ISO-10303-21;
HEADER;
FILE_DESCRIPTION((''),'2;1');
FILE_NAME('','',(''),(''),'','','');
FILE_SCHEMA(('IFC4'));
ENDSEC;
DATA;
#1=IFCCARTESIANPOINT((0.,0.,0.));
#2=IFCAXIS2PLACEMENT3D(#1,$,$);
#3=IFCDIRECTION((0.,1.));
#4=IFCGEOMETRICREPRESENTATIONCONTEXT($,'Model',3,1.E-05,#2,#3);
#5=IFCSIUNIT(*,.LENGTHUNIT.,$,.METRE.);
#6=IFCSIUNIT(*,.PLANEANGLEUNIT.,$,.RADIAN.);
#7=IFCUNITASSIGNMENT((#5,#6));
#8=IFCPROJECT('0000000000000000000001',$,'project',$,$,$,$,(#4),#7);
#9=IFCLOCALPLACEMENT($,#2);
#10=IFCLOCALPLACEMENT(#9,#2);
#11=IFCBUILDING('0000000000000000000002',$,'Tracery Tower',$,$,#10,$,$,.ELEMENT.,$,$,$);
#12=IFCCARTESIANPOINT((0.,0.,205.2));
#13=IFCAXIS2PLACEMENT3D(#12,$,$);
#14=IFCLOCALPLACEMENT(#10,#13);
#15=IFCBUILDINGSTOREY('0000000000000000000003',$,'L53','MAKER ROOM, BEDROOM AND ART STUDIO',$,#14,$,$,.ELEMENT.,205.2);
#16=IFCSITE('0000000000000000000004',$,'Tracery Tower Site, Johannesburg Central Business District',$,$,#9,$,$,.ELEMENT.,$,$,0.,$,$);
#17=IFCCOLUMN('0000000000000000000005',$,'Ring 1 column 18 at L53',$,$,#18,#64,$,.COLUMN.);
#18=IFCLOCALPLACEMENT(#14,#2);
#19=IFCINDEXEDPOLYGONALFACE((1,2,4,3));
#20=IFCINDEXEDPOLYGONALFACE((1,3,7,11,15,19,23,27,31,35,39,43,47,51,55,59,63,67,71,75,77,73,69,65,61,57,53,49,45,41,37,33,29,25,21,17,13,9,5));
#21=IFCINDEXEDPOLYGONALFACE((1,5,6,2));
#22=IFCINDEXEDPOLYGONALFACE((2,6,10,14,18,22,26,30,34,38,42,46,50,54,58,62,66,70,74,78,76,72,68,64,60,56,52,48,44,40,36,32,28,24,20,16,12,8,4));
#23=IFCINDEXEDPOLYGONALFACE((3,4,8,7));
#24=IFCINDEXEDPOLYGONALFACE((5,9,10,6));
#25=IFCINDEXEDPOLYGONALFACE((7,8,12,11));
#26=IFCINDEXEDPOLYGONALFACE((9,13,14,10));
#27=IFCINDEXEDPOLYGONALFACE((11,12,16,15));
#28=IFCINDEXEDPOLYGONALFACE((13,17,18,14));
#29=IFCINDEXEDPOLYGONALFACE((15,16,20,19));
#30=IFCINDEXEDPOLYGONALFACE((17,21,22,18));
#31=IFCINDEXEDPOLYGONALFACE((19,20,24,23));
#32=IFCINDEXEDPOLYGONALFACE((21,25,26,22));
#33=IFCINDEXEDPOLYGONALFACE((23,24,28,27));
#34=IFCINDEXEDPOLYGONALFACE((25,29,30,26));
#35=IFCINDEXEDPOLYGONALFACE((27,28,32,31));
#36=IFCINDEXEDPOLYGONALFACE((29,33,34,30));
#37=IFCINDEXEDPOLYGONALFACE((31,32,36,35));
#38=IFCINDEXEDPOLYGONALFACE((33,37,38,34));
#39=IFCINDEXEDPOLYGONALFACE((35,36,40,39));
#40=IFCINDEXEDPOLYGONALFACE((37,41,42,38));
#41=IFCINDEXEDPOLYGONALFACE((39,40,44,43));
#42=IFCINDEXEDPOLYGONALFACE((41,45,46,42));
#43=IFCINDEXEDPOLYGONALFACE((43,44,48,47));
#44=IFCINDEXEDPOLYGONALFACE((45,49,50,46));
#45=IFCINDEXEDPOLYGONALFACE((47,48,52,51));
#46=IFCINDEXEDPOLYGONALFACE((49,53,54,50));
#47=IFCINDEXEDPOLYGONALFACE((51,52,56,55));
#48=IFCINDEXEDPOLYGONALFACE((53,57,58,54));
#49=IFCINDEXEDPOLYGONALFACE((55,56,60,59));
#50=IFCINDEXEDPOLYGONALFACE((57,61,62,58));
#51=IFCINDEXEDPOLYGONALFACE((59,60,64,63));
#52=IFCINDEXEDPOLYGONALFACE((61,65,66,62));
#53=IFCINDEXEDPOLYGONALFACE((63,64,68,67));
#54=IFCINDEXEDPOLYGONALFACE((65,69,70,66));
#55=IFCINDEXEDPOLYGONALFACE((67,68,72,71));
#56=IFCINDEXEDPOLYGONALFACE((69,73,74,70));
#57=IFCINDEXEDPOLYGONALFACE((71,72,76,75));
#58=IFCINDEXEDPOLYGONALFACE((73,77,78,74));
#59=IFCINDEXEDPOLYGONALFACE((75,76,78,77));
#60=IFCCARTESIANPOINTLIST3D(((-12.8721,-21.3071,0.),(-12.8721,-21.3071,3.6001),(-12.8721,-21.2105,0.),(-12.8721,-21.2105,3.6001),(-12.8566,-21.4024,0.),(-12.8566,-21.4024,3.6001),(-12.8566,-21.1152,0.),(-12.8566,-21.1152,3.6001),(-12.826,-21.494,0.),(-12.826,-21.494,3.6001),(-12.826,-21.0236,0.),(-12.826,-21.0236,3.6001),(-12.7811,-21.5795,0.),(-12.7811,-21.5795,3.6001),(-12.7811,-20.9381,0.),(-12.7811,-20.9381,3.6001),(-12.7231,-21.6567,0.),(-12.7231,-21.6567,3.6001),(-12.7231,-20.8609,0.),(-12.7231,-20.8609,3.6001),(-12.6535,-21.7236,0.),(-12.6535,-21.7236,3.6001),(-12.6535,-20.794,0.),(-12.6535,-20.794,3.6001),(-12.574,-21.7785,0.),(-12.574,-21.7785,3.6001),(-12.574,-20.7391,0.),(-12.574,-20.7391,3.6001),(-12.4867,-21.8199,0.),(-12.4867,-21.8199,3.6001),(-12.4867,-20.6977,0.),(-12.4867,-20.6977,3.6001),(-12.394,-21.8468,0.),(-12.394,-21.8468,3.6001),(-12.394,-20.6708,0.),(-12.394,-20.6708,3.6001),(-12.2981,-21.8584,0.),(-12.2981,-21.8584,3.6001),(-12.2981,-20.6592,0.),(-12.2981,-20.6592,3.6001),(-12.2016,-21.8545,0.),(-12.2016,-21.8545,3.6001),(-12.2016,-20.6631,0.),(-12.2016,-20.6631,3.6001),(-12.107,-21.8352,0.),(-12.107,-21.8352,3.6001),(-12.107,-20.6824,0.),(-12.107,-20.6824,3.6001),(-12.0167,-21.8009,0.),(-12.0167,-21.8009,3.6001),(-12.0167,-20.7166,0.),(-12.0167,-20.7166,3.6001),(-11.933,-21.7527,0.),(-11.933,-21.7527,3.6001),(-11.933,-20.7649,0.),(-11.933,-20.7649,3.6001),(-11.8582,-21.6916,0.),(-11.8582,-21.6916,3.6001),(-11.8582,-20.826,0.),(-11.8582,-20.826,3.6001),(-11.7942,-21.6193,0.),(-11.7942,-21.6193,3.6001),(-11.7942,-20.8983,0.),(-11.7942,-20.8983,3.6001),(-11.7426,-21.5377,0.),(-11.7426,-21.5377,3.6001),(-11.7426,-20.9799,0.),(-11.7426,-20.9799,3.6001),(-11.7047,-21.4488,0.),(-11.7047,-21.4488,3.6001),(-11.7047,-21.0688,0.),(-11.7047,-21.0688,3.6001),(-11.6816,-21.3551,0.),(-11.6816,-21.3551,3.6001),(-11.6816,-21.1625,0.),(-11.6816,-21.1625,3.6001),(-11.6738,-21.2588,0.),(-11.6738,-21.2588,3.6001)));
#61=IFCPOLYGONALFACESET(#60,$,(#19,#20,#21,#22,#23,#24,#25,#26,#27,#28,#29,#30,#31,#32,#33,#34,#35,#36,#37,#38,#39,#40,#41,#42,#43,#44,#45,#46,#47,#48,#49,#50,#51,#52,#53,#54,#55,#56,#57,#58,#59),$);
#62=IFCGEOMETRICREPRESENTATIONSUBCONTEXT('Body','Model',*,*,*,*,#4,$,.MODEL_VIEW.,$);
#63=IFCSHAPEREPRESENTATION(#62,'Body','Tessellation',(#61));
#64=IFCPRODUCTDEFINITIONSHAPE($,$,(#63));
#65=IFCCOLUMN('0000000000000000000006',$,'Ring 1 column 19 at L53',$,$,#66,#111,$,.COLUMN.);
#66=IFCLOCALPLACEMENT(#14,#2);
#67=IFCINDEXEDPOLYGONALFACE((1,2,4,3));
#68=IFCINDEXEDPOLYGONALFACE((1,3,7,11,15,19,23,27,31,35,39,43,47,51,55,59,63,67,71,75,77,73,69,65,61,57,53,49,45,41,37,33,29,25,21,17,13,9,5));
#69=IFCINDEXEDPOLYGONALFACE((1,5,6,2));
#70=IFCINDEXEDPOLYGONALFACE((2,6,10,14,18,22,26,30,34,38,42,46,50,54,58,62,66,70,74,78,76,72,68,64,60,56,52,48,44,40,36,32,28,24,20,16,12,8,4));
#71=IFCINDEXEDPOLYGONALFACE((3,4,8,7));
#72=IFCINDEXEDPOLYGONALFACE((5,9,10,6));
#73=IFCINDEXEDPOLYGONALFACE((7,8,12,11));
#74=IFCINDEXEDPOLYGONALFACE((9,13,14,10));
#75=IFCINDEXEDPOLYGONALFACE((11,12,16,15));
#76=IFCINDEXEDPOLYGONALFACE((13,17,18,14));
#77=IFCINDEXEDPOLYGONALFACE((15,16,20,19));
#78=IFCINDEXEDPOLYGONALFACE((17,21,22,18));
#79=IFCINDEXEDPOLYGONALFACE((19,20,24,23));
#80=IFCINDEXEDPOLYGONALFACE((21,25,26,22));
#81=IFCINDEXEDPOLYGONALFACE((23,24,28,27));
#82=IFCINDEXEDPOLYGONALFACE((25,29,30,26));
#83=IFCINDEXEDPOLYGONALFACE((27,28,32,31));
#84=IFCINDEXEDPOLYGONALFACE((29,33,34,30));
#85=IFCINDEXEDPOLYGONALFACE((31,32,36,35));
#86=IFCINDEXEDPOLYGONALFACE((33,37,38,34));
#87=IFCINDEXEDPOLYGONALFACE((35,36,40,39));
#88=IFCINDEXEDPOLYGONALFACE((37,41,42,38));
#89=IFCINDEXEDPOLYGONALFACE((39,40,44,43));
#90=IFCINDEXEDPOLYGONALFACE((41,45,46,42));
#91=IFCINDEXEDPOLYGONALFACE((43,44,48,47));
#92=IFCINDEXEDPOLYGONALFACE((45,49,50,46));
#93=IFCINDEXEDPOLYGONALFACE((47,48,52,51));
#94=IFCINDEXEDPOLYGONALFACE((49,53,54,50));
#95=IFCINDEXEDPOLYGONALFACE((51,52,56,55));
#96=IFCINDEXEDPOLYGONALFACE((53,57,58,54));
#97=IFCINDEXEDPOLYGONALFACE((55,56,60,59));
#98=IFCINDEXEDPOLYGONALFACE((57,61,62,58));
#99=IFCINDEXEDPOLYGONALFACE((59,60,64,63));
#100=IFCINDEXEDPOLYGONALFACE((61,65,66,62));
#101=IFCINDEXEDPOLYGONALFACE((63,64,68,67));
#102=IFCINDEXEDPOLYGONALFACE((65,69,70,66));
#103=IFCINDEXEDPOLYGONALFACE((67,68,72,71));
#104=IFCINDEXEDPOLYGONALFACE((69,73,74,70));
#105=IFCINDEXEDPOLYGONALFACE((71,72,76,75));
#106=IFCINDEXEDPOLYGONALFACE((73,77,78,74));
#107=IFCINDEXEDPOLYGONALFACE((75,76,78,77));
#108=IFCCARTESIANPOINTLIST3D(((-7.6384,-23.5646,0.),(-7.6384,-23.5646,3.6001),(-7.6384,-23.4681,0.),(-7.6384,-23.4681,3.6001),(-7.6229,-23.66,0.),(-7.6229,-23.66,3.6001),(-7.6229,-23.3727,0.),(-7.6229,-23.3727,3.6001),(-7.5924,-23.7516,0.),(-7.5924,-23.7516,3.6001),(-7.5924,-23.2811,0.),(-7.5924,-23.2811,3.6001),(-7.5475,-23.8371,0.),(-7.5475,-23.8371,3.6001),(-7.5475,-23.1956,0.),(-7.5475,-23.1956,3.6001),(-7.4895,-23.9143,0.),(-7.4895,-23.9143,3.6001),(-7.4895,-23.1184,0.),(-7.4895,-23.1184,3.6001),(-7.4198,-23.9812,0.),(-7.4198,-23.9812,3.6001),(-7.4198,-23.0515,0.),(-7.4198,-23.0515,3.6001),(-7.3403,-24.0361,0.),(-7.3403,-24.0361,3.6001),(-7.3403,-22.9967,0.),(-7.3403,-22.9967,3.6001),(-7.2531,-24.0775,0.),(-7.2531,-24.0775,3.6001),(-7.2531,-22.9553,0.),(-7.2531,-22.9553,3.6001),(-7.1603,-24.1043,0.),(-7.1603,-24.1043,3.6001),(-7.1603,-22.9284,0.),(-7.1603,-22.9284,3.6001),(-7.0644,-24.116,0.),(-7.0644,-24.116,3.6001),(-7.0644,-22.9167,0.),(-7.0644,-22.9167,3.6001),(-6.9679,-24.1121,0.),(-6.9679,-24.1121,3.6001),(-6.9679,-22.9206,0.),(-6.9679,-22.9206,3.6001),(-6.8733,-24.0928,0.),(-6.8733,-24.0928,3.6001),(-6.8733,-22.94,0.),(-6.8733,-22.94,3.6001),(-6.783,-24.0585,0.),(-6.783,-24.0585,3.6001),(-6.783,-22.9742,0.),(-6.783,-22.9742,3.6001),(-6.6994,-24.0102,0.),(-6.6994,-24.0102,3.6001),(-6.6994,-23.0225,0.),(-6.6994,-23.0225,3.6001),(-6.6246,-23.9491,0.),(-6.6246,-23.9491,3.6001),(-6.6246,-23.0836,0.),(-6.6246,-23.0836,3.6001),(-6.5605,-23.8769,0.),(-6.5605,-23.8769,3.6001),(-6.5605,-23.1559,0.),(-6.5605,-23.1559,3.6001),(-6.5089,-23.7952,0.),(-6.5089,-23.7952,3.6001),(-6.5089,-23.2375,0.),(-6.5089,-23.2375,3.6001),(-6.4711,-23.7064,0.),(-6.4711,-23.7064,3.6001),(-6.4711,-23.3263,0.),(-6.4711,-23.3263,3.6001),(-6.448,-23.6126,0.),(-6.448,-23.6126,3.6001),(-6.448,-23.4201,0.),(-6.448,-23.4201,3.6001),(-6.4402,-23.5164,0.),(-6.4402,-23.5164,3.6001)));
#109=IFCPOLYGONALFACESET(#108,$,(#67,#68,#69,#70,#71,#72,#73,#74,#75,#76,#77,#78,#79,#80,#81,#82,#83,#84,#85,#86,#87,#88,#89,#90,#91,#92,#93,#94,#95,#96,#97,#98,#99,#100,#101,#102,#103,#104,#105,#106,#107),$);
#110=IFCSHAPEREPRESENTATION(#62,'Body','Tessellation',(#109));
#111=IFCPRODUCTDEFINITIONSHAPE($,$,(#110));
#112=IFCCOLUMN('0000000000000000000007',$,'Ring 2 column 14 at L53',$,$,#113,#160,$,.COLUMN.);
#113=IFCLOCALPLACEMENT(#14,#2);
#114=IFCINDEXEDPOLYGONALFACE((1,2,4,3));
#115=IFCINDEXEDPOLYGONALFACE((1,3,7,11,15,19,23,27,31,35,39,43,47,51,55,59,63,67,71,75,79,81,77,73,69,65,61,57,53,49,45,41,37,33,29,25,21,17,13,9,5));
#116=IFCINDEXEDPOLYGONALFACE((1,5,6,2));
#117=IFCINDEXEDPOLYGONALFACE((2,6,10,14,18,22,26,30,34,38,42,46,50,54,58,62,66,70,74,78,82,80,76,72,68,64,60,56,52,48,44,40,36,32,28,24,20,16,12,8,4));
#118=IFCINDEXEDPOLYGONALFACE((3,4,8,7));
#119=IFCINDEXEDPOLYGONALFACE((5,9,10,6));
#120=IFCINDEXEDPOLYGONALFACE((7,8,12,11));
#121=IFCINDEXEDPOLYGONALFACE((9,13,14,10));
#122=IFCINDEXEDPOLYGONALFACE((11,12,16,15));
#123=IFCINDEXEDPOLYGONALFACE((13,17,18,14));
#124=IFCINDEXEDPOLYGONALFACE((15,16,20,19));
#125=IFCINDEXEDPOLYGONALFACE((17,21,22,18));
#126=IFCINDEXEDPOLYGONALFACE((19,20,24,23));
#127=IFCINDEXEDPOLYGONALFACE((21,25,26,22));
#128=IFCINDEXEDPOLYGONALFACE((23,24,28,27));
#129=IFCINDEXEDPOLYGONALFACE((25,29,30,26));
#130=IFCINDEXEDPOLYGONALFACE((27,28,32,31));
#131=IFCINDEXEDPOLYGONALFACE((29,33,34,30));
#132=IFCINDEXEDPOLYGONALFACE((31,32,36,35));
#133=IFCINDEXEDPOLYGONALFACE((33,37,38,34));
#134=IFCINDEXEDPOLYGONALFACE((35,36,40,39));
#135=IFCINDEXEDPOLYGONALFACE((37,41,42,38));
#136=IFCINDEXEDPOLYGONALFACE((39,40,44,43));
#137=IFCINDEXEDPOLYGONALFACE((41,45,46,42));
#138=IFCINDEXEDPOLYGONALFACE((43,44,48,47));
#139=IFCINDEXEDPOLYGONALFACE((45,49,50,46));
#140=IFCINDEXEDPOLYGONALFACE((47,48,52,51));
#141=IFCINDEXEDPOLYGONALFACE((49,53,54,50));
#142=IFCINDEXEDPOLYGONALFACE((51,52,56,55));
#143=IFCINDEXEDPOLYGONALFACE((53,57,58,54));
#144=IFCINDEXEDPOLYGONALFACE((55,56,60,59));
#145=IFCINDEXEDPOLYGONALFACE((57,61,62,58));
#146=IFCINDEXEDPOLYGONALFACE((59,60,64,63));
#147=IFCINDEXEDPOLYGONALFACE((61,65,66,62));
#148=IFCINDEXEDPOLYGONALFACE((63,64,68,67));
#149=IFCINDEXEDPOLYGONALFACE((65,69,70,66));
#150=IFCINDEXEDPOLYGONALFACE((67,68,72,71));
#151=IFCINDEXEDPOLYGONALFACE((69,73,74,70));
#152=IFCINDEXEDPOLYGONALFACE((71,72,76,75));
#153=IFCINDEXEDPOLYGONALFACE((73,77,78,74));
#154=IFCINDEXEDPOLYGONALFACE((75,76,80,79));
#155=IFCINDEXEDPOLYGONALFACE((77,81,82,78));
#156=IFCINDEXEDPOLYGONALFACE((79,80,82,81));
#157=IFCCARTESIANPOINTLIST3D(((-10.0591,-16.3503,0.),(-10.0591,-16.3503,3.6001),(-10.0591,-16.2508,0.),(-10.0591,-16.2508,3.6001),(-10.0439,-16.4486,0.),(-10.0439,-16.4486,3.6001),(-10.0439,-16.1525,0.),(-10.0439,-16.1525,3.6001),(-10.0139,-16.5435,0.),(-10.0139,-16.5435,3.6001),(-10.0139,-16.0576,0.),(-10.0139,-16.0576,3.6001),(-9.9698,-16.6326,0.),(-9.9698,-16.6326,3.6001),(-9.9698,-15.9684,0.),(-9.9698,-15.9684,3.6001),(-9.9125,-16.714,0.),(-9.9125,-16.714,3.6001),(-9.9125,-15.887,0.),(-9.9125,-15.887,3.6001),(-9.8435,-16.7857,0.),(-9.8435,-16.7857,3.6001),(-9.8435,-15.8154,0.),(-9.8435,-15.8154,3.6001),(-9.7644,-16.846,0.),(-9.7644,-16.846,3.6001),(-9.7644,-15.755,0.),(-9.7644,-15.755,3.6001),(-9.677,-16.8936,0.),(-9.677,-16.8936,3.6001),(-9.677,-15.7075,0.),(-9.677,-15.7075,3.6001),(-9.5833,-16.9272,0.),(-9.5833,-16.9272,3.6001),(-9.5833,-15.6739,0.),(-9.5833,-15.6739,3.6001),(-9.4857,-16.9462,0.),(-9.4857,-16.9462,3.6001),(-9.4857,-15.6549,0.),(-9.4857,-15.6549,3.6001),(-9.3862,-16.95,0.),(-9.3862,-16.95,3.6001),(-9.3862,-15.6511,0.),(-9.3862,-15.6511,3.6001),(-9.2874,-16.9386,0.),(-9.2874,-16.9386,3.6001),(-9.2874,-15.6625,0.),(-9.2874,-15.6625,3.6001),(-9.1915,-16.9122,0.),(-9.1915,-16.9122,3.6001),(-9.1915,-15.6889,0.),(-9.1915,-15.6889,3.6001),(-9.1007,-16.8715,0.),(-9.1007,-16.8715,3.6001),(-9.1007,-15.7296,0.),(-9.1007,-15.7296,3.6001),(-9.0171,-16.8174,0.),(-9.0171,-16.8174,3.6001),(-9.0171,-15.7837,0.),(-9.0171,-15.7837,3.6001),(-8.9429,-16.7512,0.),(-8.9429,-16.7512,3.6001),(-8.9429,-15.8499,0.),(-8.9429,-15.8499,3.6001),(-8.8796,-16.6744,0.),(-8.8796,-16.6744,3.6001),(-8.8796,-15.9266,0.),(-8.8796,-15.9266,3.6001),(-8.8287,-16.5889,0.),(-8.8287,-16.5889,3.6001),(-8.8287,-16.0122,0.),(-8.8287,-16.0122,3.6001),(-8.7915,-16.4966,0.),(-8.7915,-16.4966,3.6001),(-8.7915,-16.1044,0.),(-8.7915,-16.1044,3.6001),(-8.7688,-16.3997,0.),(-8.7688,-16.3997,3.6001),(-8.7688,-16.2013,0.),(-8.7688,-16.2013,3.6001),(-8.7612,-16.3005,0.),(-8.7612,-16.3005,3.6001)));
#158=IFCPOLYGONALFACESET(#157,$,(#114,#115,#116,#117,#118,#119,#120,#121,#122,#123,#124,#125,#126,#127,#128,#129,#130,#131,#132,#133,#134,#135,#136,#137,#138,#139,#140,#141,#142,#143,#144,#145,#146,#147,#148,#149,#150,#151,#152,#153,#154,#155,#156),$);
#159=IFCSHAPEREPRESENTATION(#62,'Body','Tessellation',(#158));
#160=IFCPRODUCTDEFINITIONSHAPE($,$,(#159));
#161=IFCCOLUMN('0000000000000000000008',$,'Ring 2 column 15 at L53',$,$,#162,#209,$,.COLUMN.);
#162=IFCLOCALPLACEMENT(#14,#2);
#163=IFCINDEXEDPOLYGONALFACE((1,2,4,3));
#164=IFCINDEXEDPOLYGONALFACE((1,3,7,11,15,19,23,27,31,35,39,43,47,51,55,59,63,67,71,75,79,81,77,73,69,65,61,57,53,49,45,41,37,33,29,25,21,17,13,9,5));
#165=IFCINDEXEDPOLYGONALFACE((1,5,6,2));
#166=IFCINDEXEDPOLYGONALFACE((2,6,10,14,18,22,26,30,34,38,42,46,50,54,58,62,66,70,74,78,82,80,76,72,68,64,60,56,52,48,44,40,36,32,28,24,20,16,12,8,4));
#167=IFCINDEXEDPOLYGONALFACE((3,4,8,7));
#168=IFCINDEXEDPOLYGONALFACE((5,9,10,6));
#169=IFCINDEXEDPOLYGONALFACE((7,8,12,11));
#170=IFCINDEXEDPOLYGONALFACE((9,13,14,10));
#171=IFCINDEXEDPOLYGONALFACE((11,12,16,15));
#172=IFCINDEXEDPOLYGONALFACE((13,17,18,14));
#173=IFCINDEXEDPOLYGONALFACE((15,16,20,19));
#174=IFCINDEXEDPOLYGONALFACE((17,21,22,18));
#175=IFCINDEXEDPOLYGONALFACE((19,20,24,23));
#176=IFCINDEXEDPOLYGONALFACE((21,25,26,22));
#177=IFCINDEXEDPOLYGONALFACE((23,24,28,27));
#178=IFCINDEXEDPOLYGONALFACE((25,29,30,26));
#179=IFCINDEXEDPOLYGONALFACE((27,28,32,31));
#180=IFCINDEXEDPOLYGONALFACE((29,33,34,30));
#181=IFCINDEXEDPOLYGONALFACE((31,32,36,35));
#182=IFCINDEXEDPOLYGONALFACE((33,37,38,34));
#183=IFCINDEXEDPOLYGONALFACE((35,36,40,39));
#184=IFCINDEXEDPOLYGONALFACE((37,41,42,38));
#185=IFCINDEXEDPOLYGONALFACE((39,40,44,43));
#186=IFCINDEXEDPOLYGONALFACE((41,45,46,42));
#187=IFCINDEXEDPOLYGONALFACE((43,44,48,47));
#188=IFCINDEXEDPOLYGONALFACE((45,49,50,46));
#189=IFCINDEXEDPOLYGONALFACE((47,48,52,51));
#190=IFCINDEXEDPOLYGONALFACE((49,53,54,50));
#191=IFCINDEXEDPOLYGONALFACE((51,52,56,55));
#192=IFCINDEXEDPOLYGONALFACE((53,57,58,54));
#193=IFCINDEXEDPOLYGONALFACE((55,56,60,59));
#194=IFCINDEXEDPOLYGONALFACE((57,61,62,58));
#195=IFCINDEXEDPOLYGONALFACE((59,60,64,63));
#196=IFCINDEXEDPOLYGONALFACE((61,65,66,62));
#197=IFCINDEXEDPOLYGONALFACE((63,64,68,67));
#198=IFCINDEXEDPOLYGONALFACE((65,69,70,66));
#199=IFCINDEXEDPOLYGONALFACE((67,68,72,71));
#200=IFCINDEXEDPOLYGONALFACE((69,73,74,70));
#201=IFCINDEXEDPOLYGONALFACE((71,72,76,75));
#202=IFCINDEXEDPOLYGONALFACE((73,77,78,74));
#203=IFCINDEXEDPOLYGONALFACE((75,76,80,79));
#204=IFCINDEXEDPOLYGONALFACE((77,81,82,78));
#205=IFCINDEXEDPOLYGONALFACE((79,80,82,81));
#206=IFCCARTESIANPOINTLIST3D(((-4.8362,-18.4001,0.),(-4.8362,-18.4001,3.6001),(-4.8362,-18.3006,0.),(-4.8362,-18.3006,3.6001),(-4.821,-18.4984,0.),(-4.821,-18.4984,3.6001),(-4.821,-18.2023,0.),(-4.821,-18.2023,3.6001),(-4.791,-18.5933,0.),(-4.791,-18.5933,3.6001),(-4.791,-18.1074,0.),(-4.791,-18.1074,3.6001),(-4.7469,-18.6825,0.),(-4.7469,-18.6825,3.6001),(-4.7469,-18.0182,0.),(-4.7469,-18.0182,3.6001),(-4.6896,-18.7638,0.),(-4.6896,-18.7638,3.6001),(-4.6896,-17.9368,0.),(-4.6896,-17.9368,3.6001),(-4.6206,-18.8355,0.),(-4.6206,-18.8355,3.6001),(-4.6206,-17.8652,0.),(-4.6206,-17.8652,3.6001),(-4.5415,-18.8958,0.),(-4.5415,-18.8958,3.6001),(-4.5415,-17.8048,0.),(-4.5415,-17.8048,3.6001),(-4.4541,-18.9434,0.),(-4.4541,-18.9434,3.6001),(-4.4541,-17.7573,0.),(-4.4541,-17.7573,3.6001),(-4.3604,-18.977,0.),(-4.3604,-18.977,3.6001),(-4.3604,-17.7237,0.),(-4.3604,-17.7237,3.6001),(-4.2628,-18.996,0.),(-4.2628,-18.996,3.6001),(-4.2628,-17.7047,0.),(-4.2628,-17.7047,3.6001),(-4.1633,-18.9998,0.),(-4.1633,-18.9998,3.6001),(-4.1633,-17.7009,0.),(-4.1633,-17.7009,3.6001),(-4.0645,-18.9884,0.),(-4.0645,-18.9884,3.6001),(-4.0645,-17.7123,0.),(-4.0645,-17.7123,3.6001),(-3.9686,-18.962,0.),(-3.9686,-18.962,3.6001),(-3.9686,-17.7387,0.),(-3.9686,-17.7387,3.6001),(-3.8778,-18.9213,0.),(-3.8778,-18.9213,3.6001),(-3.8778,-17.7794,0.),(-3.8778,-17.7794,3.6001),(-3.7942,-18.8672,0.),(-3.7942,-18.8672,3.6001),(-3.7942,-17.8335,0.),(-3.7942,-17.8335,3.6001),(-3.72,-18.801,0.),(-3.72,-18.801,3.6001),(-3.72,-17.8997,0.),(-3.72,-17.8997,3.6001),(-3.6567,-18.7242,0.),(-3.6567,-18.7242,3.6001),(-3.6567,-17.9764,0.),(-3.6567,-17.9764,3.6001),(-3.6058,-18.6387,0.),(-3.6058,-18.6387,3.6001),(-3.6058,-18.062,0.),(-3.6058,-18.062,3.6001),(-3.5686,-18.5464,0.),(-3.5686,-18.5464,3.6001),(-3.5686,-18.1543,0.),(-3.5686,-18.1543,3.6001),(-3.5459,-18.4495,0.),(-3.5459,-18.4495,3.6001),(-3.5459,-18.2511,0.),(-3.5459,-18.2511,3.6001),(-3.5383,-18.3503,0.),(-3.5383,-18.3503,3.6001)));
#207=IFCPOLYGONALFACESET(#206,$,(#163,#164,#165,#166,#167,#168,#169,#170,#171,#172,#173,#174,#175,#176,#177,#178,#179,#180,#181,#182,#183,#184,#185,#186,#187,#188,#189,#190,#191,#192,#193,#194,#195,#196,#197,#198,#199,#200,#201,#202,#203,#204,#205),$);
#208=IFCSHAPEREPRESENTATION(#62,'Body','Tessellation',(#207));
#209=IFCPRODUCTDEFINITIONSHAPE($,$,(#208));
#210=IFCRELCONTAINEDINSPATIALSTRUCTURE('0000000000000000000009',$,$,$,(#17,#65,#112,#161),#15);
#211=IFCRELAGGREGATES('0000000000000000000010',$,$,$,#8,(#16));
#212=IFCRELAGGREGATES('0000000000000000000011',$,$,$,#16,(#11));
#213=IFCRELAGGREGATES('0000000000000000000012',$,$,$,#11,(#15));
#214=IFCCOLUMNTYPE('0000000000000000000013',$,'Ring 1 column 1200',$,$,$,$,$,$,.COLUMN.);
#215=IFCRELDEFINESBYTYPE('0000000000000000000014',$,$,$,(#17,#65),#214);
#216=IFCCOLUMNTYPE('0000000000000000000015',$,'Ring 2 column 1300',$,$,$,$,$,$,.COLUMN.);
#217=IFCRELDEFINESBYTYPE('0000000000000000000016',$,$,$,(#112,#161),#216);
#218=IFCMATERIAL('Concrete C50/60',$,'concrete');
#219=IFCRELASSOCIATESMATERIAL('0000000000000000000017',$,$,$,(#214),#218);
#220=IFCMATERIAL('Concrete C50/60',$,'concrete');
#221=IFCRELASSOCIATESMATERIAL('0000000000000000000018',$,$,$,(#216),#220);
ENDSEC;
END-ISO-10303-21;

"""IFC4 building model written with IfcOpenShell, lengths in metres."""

from ifc_helpers import new_model, si_unit, direction, frame, origin, origin_2d, place, context, subcontext, project, spatial, circle, extrude, material, material_profile, profile_set, type_object, element, save


model = new_model("IFC4")

# Units and contexts
model_context = context("Model", 3, precision=1e-05, world=origin(), true_north=direction((0.0, 1.0)))
body_context = subcontext(model_context, "Body", "Model", "MODEL_VIEW")
ifc_project = project(units=[si_unit("LENGTHUNIT", "METRE"), si_unit("PLANEANGLEUNIT", "RADIAN")], contexts=[model_context])

# Site, building, storey
site_placement = place(None, origin())
site = spatial("IfcSite", under=ifc_project, at=site_placement, Name="Tracery Tower Site, Johannesburg Central Business District", CompositionType="ELEMENT", RefElevation=0.0)
building_placement = place(site_placement, origin())
building = spatial("IfcBuilding", under=site, at=building_placement, Name="Tracery Tower", CompositionType="ELEMENT")
storey_placement = place(building_placement, frame((0.0, 0.0, 205.2)))
storey = spatial("IfcBuildingStorey", under=building, at=storey_placement, Name="L53", Description="MAKER ROOM, BEDROOM AND ART STUDIO", CompositionType="ELEMENT", Elevation=205.2)

# Columns
ifc_material_1 = material(Name="Concrete C50/60", Category="concrete")
ifc_material_profile_1 = material_profile(ifc_material_1, circle(Radius=0.6001, at=origin_2d()), Name="RC D1200")
ifc_profile_set_1 = profile_set([ifc_material_profile_1], Name="Concrete C50/60")
column_type_1 = type_object("IfcColumnType", Name="Ring 1 column 1200", PredefinedType="COLUMN", material=ifc_profile_set_1)
for number, where, z_axis, x_axis, name in (
    (1, (-12.2739, -21.2588, 0.0), (0.0, 0.0, 1.0), (1.0, 0.0, 0.0), "Ring 1 column 18 at L53"),
    (2, (-7.0403, -23.5164, 0.0), (0.0, 0.0, 1.0), (1.0, 0.0, 0.0), "Ring 1 column 19 at L53"),
):
    element("IfcColumn", number, at=place(storey_placement, frame(where, z_axis=z_axis, x_axis=x_axis)), inside=storey, type_object=column_type_1, Name=name, PredefinedType="COLUMN", context=body_context, shape_type="SweptSolid", body=[
        extrude(circle(Radius=0.6001, at=origin_2d()), origin(), (0.0, 0.0, 1.0), 3.6001),
    ])
ifc_material_2 = material(Name="Concrete C50/60", Category="concrete")
ifc_material_profile_2 = material_profile(ifc_material_2, circle(Radius=0.6499, at=origin_2d()), Name="RC D1300")
ifc_profile_set_2 = profile_set([ifc_material_profile_2], Name="Concrete C50/60")
column_type_2 = type_object("IfcColumnType", Name="Ring 2 column 1300", PredefinedType="COLUMN", material=ifc_profile_set_2)
for number, where, z_axis, x_axis, name in (
    (3, (-9.4111, -16.3005, 0.0), (0.0, 0.0, 1.0), (1.0, 0.0, 0.0), "Ring 2 column 14 at L53"),
    (4, (-4.1882, -18.3503, 0.0), (0.0, 0.0, 1.0), (1.0, 0.0, 0.0), "Ring 2 column 15 at L53"),
):
    element("IfcColumn", number, at=place(storey_placement, frame(where, z_axis=z_axis, x_axis=x_axis)), inside=storey, type_object=column_type_2, Name=name, PredefinedType="COLUMN", context=body_context, shape_type="SweptSolid", body=[
        extrude(circle(Radius=0.6499, at=origin_2d()), origin(), (0.0, 0.0, 1.0), 3.6001),
    ])

save(model, "model.ifc")
